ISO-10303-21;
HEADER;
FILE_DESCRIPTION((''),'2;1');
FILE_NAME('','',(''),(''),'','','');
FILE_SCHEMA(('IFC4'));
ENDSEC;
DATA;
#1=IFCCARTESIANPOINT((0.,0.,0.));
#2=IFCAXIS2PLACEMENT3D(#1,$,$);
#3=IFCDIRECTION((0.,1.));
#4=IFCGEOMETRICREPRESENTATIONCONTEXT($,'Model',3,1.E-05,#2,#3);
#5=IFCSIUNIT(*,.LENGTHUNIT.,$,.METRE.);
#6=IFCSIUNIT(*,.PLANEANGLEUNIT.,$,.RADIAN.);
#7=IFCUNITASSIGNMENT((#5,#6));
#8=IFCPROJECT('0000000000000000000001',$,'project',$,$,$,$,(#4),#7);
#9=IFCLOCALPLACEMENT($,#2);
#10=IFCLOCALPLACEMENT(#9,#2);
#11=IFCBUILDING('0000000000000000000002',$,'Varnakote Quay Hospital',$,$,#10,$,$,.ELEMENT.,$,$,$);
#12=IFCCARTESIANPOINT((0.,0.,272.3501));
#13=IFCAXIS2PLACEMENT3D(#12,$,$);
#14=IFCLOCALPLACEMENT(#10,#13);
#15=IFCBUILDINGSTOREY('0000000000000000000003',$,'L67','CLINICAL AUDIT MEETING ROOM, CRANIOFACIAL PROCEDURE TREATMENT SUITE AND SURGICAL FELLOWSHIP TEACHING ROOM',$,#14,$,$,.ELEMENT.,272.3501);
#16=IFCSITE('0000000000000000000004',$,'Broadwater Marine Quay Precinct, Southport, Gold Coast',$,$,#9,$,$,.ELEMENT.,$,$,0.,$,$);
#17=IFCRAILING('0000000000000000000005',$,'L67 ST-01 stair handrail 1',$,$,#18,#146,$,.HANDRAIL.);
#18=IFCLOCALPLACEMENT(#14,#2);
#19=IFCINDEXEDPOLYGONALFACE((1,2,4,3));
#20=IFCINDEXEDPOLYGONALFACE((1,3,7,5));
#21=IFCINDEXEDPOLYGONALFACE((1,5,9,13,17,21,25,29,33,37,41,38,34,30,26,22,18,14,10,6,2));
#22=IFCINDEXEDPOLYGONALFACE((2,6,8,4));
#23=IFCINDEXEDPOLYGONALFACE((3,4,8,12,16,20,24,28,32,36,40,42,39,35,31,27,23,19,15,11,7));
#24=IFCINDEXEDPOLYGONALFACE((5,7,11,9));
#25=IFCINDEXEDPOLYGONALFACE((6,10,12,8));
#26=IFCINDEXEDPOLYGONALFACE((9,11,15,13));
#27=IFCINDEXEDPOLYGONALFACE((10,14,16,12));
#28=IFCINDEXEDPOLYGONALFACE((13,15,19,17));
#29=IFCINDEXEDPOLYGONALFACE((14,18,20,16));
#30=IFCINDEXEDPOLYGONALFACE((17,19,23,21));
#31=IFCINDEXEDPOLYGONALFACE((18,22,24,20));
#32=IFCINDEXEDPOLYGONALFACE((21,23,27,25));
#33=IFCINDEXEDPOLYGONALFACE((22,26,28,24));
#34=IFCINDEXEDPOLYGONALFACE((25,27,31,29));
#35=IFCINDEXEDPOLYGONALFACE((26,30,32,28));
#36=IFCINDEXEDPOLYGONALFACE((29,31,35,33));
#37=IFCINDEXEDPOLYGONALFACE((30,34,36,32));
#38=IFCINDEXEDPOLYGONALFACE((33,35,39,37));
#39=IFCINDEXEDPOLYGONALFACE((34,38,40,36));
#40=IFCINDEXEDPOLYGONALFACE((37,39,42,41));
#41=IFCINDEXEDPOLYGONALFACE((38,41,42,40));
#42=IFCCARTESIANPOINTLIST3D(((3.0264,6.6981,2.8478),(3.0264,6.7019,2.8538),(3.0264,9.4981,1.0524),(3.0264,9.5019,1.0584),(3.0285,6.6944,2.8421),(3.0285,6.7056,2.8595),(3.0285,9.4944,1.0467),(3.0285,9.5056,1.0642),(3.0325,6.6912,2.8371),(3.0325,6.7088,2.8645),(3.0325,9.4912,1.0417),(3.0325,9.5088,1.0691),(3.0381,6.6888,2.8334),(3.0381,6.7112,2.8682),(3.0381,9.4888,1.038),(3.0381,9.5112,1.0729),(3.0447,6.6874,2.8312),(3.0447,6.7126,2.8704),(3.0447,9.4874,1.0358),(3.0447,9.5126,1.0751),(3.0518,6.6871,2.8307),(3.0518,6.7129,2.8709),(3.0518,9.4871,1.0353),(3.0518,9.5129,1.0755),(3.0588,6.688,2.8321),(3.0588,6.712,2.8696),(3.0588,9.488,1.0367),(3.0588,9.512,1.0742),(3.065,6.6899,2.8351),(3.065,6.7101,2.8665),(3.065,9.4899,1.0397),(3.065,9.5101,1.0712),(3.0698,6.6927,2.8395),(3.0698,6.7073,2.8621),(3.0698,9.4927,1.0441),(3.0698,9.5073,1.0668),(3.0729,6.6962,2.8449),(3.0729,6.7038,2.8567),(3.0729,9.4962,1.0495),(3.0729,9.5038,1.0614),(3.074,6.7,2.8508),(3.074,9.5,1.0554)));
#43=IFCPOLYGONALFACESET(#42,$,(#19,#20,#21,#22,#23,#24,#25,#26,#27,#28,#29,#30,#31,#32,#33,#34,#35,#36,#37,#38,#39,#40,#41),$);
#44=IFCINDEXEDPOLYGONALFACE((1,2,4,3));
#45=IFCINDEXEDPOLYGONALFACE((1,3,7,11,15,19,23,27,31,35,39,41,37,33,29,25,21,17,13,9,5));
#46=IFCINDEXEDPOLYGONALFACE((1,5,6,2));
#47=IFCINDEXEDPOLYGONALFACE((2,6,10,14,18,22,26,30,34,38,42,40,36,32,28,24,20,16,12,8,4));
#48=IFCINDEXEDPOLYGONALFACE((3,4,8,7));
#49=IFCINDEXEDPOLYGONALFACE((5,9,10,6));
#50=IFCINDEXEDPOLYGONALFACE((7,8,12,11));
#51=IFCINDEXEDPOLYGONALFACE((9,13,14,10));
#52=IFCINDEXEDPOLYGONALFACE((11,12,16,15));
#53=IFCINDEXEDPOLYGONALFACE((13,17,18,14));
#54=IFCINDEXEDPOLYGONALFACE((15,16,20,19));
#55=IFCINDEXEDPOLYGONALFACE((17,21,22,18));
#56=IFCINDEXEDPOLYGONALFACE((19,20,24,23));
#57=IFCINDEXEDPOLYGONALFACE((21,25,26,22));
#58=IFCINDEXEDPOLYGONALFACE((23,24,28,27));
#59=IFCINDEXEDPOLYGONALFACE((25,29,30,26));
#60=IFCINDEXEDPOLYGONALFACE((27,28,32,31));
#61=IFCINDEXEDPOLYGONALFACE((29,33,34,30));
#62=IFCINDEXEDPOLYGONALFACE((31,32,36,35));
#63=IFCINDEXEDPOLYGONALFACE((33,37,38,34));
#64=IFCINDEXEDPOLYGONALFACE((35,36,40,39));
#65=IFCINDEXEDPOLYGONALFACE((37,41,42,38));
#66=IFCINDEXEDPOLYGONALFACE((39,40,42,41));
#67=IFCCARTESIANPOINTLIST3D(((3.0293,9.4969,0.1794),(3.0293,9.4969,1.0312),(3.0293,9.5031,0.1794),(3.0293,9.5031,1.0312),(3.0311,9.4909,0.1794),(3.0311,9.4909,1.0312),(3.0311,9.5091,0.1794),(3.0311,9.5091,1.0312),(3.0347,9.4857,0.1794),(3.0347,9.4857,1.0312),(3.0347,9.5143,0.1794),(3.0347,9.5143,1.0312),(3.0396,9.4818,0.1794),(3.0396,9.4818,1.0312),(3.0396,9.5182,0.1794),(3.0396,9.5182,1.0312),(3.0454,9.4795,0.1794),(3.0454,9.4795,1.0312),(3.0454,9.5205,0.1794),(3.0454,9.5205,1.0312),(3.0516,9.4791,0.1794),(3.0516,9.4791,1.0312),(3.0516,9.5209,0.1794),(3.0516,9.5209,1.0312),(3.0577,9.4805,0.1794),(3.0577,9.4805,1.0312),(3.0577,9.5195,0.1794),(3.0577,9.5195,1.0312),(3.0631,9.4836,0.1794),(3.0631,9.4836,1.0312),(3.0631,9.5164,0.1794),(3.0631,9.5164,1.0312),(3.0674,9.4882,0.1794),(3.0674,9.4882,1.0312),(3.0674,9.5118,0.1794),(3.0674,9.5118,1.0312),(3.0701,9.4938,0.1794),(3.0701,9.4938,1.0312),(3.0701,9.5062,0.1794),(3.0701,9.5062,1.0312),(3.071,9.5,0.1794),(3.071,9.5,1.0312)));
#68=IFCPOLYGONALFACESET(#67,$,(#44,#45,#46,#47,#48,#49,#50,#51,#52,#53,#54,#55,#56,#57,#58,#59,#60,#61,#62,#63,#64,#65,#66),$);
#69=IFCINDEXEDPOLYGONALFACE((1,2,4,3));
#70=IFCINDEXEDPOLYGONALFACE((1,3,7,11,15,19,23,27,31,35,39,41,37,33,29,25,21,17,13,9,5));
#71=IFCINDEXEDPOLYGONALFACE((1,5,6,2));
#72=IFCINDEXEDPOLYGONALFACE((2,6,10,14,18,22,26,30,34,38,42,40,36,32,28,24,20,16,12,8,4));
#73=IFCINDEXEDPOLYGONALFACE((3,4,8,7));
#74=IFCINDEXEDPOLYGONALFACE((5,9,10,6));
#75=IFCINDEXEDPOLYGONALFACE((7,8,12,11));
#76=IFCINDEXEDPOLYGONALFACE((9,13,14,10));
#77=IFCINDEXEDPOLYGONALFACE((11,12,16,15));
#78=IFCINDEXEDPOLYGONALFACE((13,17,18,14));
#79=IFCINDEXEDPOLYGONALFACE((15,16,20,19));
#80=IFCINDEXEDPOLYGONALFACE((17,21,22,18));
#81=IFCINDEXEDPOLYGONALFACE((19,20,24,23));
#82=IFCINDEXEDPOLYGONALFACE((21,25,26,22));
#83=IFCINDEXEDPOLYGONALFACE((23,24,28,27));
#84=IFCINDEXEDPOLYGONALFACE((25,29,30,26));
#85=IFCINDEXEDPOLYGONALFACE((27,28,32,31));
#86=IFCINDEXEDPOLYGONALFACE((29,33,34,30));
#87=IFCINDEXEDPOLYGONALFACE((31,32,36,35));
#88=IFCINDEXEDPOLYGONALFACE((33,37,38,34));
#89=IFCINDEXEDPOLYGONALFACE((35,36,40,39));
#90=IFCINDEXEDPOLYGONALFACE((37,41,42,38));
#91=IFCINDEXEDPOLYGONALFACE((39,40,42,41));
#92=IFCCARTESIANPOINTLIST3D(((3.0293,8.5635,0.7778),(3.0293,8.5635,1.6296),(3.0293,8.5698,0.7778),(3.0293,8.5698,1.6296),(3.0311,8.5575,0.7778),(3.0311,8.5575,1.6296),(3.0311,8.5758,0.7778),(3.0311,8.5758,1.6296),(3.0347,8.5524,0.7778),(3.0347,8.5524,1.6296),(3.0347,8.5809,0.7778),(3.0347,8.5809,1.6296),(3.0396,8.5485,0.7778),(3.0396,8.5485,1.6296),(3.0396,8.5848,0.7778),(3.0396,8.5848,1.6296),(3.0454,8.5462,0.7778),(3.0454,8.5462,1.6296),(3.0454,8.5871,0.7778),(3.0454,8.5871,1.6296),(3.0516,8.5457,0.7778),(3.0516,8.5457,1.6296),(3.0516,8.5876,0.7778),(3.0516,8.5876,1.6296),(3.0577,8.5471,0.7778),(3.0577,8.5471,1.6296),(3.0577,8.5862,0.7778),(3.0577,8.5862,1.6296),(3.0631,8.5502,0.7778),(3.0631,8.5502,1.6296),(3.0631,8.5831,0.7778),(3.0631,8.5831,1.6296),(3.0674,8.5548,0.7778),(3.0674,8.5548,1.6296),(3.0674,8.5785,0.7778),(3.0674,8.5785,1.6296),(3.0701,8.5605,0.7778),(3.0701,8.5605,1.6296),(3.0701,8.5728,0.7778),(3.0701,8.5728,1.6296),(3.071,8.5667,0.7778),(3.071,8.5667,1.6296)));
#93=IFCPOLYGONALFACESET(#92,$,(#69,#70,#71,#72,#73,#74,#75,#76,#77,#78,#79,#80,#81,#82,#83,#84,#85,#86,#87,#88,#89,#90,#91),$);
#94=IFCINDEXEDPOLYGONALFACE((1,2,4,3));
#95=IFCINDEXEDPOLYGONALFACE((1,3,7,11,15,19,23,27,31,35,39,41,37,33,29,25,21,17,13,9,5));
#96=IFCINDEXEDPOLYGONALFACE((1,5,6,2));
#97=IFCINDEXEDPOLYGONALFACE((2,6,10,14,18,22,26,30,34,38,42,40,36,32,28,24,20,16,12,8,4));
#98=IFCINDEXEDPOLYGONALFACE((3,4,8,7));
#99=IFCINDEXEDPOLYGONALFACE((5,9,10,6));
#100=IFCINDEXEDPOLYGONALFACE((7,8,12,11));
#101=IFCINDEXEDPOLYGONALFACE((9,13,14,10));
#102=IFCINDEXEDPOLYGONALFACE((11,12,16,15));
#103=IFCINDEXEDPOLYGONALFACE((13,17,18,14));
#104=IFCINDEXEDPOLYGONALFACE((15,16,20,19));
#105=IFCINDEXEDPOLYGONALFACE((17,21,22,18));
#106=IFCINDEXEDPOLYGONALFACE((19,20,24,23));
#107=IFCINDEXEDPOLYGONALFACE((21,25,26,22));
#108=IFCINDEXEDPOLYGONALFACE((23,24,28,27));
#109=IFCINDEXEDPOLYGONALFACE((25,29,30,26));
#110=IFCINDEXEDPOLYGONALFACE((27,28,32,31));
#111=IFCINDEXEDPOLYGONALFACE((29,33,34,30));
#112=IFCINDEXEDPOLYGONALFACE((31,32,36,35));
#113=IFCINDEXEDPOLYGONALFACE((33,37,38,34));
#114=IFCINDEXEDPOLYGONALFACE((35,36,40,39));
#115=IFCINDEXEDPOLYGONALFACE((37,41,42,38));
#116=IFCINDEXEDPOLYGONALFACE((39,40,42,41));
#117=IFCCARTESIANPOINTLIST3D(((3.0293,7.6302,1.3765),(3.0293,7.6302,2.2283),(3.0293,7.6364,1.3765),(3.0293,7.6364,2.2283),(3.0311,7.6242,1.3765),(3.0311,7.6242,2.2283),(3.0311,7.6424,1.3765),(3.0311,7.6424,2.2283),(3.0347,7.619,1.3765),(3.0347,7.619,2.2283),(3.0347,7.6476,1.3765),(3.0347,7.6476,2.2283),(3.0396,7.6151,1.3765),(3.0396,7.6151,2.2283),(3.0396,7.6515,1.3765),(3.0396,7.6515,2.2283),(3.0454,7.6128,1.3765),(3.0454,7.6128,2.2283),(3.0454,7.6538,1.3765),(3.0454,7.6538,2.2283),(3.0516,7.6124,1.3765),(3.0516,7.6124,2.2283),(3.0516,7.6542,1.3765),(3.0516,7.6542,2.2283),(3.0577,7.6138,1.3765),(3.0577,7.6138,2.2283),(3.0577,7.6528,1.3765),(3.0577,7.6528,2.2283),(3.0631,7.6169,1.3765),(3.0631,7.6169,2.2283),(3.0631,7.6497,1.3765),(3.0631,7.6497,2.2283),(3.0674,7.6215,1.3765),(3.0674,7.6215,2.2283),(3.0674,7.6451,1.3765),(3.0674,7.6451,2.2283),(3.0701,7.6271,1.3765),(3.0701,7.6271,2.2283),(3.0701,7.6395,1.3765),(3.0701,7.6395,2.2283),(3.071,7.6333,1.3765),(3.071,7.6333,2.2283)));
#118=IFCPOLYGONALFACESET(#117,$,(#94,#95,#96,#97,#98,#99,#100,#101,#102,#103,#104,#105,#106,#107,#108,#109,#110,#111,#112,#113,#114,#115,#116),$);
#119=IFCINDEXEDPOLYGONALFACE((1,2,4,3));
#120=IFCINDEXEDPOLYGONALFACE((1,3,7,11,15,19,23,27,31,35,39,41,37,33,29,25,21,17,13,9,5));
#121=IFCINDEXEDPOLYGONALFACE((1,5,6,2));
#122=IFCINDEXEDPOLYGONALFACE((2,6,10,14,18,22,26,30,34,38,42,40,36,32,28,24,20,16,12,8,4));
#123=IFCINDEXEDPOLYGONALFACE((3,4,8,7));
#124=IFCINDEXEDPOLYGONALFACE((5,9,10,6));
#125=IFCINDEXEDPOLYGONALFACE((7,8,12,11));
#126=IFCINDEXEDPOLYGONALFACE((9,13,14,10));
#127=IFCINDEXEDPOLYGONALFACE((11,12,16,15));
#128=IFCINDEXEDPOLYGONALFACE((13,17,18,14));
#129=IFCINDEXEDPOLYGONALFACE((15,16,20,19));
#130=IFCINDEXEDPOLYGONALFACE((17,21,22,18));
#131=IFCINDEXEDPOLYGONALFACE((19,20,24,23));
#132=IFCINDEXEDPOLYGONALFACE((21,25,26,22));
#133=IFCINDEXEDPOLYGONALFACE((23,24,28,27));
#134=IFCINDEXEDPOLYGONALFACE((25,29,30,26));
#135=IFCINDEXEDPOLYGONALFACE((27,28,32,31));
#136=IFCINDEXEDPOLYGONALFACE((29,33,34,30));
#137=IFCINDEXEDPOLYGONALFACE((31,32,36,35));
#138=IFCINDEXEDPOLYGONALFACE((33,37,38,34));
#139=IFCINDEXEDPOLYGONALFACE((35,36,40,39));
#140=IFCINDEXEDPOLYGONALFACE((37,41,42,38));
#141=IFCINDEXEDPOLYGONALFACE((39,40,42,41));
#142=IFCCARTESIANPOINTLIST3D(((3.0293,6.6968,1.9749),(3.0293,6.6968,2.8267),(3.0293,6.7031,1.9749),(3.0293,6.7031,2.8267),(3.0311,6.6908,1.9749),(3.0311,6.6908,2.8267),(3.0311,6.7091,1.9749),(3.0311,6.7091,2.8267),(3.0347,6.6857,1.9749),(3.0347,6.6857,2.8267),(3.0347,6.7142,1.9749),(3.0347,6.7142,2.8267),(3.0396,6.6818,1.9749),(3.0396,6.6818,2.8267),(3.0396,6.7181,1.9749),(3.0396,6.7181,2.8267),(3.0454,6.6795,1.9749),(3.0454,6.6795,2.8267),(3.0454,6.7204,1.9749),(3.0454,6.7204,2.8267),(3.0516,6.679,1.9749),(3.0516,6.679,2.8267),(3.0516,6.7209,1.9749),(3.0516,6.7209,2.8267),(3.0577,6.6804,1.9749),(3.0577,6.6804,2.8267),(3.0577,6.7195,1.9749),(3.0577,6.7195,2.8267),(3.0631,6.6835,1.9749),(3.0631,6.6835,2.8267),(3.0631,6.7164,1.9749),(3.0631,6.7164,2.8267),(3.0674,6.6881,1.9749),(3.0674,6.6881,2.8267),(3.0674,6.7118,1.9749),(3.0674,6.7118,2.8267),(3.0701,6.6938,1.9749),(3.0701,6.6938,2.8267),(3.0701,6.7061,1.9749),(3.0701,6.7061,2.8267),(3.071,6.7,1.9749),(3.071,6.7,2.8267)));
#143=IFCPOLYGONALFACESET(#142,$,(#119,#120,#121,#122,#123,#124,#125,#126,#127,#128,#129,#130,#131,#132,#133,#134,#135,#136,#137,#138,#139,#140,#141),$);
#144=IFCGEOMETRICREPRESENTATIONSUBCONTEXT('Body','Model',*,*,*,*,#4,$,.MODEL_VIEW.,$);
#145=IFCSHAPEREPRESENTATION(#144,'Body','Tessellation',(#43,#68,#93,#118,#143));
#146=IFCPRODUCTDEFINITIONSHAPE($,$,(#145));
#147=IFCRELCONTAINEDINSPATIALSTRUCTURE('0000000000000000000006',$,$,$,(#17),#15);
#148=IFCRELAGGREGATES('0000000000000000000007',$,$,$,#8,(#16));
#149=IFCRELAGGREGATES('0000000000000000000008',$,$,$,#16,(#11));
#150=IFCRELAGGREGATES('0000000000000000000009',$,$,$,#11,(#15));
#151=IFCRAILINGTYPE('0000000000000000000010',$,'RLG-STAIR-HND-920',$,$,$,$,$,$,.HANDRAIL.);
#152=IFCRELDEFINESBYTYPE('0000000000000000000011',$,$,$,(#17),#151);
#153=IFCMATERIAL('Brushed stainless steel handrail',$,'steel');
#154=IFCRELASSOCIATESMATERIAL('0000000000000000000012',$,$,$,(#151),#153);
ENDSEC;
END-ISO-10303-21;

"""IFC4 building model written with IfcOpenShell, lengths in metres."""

from ifc_helpers import new_model, si_unit, direction, frame, origin, origin_2d, place, context, subcontext, project, spatial, circle, extrude, material, type_object, element, save


model = new_model("IFC4")

# Units and contexts
model_context = context("Model", 3, precision=1e-05, world=origin(), true_north=direction((0.0, 1.0)))
body_context = subcontext(model_context, "Body", "Model", "MODEL_VIEW")
ifc_project = project(units=[si_unit("LENGTHUNIT", "METRE"), si_unit("PLANEANGLEUNIT", "RADIAN")], contexts=[model_context])

# Site, building, storey
site_placement = place(None, origin())
site = spatial("IfcSite", under=ifc_project, at=site_placement, Name="Broadwater Marine Quay Precinct, Southport, Gold Coast", CompositionType="ELEMENT", RefElevation=0.0)
building_placement = place(site_placement, origin())
building = spatial("IfcBuilding", under=site, at=building_placement, Name="Varnakote Quay Hospital", CompositionType="ELEMENT")
storey_placement = place(building_placement, frame((0.0, 0.0, 272.3501)))
storey = spatial("IfcBuildingStorey", under=building, at=storey_placement, Name="L67", Description="CLINICAL AUDIT MEETING ROOM, CRANIOFACIAL PROCEDURE TREATMENT SUITE AND SURGICAL FELLOWSHIP TEACHING ROOM", CompositionType="ELEMENT", Elevation=272.3501)

# Railing
ifc_material_1 = material(Name="Brushed stainless steel handrail", Category="steel")
railing_type_1 = type_object("IfcRailingType", Name="RLG-STAIR-HND-920", PredefinedType="HANDRAIL", material=ifc_material_1)
railing_1_placement = place(storey_placement, frame((3.05, 9.5, 0.1794)))
element("IfcRailing", 1, at=railing_1_placement, inside=storey, type_object=railing_type_1, Name="L67 ST-01 stair handrail 1", PredefinedType="HANDRAIL", context=body_context, shape_type="SweptSolid", body=[
    extrude(circle(Radius=0.0239, at=origin_2d()), frame((0.0, 0.0, 0.876), z_axis=(0.0, -0.84181, 0.539774), x_axis=(1.0, 0.0, 0.0)), (0.0, 0.0, 1.0), 3.3262),
    extrude(circle(Radius=0.021, at=origin_2d()), origin(), (0.0, 0.0, 1.0), 0.8518),
    extrude(circle(Radius=0.021, at=origin_2d()), frame((0.0, -0.9333, 0.5984)), (0.0, 0.0, 1.0), 0.8518),
    extrude(circle(Radius=0.021, at=origin_2d()), frame((0.0, -1.8667, 1.197)), (0.0, 0.0, 1.0), 0.8518),
    extrude(circle(Radius=0.021, at=origin_2d()), frame((0.0, -2.8, 1.7954)), (0.0, 0.0, 1.0), 0.8518),
])

save(model, "model.ifc")
